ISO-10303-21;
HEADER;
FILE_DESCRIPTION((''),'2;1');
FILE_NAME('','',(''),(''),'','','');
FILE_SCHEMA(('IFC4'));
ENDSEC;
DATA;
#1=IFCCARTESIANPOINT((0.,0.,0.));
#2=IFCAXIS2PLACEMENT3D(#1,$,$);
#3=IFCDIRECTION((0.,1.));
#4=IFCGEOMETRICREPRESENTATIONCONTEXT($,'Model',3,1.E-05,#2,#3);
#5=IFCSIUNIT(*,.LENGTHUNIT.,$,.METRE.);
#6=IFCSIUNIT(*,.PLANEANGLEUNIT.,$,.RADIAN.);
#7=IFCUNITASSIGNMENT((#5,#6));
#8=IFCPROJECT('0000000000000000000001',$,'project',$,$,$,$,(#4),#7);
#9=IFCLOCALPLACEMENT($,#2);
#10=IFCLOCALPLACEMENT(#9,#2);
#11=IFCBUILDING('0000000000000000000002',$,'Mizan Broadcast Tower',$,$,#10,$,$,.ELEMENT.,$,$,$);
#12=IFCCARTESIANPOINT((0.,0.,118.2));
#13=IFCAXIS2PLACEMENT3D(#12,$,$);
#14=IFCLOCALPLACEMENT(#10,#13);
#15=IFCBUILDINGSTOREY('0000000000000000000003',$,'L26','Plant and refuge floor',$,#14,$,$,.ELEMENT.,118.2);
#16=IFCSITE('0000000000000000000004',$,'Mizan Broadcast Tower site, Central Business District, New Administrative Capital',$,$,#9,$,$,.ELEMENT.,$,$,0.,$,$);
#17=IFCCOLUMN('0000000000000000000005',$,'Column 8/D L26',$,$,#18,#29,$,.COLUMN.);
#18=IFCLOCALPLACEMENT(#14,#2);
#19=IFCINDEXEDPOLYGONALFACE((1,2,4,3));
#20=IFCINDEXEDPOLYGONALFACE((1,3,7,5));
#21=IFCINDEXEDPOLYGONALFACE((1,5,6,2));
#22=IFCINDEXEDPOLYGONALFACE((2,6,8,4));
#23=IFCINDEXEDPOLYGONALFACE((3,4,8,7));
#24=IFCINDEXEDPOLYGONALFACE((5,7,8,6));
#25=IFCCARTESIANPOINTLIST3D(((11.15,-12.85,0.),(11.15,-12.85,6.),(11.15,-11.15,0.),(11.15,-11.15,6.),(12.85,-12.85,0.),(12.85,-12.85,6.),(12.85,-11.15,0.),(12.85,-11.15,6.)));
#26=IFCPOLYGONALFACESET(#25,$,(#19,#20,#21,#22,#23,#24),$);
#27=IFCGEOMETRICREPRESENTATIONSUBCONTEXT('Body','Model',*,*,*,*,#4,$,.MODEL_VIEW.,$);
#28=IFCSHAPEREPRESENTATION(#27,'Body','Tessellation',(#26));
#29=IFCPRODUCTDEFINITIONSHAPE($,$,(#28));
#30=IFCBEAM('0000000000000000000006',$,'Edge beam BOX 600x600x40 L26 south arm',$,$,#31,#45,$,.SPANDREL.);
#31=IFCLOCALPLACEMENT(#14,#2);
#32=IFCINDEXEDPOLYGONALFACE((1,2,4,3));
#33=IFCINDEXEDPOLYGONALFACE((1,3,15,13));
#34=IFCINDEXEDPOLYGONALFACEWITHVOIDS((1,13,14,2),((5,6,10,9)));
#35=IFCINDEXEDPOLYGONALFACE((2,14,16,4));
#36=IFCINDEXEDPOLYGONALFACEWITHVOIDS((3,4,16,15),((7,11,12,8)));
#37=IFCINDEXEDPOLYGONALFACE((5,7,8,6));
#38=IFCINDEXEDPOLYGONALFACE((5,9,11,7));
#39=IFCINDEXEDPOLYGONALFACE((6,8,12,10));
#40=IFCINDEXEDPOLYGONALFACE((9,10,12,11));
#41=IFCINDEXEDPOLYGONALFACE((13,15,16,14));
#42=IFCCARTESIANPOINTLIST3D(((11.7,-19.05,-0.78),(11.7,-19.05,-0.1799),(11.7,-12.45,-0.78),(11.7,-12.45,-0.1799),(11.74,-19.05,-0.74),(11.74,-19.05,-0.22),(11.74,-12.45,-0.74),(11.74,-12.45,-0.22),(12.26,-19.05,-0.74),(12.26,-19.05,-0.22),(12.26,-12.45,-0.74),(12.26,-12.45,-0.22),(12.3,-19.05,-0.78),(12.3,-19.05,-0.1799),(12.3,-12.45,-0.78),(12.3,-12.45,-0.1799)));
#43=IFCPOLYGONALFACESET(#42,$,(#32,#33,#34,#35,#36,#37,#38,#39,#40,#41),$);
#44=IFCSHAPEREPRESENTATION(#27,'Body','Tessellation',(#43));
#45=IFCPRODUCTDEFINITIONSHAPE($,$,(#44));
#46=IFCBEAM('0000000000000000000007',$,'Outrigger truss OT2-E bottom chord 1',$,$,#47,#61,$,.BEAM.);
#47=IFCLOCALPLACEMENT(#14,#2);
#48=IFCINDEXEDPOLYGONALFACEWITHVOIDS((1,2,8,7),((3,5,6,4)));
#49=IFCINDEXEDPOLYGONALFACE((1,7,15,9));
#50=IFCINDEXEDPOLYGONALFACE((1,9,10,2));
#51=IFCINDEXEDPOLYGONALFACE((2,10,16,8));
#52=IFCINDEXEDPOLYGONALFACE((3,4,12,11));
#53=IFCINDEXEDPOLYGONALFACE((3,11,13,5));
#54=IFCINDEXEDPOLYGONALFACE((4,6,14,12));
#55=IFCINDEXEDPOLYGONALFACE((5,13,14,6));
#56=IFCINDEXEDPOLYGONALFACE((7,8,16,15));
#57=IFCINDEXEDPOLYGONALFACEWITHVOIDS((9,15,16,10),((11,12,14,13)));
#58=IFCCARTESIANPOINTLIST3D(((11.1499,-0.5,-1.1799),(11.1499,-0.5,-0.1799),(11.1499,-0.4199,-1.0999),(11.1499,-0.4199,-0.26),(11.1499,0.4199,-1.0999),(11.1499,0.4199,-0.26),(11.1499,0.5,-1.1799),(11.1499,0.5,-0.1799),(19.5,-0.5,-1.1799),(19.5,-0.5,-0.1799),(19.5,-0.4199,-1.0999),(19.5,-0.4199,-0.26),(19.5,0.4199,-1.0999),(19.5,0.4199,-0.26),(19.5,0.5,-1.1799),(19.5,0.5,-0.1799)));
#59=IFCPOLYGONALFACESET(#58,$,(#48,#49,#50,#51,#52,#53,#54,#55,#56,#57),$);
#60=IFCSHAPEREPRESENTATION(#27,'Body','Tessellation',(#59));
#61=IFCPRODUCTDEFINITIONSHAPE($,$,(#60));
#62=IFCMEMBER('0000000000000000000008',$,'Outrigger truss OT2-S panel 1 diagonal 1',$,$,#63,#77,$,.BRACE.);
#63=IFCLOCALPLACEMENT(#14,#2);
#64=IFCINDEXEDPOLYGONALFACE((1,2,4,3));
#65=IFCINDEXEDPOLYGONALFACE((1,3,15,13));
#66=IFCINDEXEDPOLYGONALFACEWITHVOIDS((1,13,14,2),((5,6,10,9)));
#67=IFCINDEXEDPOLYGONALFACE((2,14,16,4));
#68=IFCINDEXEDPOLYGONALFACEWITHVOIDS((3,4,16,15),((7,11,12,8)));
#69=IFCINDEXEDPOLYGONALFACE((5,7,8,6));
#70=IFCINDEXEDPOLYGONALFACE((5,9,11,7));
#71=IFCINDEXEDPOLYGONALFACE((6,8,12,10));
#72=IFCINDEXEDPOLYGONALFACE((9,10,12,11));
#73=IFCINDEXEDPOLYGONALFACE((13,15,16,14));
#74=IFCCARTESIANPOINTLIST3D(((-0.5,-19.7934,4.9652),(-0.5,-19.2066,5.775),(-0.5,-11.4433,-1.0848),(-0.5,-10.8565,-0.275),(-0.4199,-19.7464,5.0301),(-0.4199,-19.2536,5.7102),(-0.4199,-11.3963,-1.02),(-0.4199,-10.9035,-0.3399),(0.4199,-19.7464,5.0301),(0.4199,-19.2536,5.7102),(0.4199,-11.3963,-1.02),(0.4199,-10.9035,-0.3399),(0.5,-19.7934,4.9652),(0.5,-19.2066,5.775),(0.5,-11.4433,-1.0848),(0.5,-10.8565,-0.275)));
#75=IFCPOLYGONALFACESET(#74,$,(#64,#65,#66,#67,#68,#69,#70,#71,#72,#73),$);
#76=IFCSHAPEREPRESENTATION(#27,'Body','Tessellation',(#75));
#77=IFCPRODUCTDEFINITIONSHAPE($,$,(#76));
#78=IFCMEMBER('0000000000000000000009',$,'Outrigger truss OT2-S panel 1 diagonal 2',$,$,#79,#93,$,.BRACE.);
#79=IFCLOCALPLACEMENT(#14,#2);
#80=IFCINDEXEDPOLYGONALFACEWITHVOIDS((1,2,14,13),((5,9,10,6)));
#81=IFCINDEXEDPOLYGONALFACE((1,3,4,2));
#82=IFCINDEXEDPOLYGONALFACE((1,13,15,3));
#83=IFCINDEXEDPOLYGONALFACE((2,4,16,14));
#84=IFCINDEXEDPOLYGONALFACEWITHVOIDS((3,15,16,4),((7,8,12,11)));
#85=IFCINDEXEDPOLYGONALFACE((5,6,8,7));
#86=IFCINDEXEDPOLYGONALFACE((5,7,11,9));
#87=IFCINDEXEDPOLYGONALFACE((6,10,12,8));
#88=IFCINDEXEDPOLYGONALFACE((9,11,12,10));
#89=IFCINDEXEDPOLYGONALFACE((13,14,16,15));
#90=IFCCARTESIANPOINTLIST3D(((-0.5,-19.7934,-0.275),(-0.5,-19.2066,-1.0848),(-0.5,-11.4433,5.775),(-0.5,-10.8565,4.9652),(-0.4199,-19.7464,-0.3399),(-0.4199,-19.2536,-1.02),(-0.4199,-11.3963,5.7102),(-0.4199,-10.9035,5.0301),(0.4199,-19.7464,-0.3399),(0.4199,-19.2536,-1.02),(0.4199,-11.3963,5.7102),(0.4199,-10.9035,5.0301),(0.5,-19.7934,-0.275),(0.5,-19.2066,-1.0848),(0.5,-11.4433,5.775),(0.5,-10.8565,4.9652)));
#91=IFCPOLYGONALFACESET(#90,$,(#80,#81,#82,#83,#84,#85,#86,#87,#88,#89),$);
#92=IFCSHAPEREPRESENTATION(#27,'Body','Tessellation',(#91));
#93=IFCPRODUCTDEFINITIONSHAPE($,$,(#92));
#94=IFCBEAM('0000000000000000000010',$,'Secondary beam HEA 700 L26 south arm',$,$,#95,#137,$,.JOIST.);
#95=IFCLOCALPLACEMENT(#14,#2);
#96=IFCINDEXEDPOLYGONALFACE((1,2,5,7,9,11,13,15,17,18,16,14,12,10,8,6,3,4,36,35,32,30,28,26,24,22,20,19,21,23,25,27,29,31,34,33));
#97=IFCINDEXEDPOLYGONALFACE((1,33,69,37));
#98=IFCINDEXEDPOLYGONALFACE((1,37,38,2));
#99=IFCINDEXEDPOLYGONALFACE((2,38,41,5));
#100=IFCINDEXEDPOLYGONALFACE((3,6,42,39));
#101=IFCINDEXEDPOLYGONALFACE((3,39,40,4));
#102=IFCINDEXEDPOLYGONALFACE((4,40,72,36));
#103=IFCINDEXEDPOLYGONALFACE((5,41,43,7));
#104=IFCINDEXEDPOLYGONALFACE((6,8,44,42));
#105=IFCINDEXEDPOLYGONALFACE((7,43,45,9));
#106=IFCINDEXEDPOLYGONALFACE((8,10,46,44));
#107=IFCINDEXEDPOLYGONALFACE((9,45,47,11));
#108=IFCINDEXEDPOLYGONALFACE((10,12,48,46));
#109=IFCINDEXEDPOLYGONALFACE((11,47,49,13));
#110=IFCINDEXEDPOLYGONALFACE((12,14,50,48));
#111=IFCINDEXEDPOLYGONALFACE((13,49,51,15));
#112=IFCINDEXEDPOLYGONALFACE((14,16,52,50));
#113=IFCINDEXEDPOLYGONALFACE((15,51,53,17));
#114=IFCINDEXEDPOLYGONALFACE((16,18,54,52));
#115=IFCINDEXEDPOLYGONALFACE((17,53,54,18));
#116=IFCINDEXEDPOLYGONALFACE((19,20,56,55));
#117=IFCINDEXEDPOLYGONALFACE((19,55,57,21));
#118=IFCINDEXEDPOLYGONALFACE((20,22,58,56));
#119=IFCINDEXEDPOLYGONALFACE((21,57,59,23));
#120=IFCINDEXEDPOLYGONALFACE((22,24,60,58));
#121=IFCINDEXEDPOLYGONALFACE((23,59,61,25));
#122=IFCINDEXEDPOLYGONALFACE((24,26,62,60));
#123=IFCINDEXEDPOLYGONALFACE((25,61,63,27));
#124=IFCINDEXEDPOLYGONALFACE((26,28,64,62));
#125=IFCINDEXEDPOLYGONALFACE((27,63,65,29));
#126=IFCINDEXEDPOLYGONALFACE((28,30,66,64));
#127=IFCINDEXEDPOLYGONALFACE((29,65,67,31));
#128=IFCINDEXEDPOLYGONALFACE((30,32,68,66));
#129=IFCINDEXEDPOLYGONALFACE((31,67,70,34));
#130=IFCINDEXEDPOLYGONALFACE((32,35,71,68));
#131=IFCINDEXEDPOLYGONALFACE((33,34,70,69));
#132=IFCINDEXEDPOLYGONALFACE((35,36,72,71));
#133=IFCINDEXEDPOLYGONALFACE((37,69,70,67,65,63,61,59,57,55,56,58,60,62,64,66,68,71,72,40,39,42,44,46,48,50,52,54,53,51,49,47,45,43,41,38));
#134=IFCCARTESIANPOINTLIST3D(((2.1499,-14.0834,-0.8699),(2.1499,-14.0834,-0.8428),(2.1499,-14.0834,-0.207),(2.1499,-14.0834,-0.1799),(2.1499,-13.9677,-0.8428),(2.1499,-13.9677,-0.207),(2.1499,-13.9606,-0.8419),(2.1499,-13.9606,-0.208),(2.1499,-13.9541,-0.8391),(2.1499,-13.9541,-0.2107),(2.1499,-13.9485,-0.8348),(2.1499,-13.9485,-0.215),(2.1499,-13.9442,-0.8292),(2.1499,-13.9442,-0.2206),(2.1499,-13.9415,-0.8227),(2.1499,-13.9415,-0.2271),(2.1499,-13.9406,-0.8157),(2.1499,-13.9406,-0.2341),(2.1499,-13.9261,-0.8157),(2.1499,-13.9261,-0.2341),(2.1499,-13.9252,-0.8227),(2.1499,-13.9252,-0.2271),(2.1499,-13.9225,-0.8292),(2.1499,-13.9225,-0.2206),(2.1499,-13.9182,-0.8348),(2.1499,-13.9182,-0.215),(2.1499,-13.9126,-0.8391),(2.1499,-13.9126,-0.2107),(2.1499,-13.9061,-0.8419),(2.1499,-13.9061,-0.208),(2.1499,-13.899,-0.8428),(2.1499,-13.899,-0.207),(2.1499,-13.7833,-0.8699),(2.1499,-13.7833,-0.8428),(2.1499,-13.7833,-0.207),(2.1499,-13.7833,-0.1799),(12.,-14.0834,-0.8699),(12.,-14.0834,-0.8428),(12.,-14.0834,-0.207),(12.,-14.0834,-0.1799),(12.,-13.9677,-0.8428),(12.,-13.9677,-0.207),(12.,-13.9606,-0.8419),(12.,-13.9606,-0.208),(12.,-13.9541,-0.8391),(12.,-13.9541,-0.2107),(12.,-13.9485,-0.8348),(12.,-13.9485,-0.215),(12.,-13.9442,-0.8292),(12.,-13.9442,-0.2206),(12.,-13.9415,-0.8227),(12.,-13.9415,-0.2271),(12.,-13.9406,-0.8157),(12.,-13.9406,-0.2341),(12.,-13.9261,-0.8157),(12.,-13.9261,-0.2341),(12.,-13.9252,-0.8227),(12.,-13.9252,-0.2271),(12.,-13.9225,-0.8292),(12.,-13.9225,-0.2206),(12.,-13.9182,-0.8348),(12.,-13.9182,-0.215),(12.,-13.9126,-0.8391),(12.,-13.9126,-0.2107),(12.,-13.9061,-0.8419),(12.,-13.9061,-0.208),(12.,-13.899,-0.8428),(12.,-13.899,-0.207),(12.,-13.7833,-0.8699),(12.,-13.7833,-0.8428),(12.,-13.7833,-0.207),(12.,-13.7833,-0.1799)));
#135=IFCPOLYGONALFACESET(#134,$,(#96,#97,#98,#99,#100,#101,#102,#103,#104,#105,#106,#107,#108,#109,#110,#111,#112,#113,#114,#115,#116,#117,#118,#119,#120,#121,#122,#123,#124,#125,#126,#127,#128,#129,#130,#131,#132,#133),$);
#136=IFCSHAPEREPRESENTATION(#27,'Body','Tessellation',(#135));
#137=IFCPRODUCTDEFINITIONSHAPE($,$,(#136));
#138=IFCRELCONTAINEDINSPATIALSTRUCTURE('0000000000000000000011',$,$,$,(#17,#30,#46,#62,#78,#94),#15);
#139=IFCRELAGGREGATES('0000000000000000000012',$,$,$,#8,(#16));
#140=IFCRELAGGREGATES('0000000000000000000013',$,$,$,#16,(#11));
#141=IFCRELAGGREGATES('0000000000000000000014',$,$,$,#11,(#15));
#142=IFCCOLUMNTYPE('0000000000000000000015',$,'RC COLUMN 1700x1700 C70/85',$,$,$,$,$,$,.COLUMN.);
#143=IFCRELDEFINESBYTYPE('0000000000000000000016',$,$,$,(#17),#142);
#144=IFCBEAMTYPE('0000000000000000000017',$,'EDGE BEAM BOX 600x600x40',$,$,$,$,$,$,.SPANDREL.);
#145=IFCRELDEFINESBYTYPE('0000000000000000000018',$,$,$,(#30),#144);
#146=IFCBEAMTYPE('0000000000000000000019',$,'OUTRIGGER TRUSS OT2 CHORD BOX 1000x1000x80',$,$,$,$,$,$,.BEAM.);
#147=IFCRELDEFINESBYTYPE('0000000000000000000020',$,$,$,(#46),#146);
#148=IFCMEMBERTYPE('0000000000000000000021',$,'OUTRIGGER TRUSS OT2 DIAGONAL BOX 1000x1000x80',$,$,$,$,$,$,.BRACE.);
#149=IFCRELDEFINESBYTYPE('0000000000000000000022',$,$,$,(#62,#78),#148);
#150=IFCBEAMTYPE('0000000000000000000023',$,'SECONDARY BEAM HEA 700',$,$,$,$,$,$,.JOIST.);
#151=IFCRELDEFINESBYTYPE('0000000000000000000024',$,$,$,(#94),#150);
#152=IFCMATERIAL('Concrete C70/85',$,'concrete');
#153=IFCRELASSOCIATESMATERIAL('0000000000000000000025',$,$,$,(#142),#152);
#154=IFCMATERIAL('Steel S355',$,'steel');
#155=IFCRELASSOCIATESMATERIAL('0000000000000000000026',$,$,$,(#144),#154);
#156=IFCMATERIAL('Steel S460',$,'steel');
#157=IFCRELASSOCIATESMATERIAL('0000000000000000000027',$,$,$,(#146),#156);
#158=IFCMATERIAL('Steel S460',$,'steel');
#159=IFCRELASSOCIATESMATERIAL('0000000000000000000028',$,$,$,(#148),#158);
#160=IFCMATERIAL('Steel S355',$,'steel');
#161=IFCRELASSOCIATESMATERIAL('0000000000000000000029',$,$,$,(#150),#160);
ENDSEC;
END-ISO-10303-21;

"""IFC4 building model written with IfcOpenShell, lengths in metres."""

from ifc_helpers import new_model, si_unit, direction, frame, origin, origin_2d, place, context, subcontext, project, spatial, rectangle, hollow_rectangle, i_section, extrude, material, material_profile, profile_set, type_object, element, save


model = new_model("IFC4")

# Units and contexts
model_context = context("Model", 3, precision=1e-05, world=origin(), true_north=direction((0.0, 1.0)))
body_context = subcontext(model_context, "Body", "Model", "MODEL_VIEW")
ifc_project = project(units=[si_unit("LENGTHUNIT", "METRE"), si_unit("PLANEANGLEUNIT", "RADIAN")], contexts=[model_context])

# Site, building, storey
site_placement = place(None, origin())
site = spatial("IfcSite", under=ifc_project, at=site_placement, Name="Mizan Broadcast Tower site, Central Business District, New Administrative Capital", CompositionType="ELEMENT", RefElevation=0.0)
building_placement = place(site_placement, origin())
building = spatial("IfcBuilding", under=site, at=building_placement, Name="Mizan Broadcast Tower", CompositionType="ELEMENT")
storey_placement = place(building_placement, frame((0.0, 0.0, 118.2)))
storey = spatial("IfcBuildingStorey", under=building, at=storey_placement, Name="L26", Description="Plant and refuge floor", CompositionType="ELEMENT", Elevation=118.2)

# Column
ifc_material_1 = material(Name="Concrete C70/85", Category="concrete")
ifc_material_profile_1 = material_profile(ifc_material_1, rectangle(XDim=1.7, YDim=1.7, at=origin_2d()), Name="RC 1700x1700")
ifc_profile_set_1 = profile_set([ifc_material_profile_1], Name="Concrete C70/85")
column_type = type_object("IfcColumnType", Name="RC COLUMN 1700x1700 C70/85", PredefinedType="COLUMN", material=ifc_profile_set_1)
column_placement = place(storey_placement, frame((12.0, -12.0, 0.0), z_axis=(0.0, 0.0, 1.0), x_axis=(1.0, 0.0, 0.0)))
element("IfcColumn", 1, at=column_placement, inside=storey, type_object=column_type, Name="Column 8/D L26", PredefinedType="COLUMN", context=body_context, shape_type="SweptSolid", body=[
    extrude(rectangle(XDim=1.7, YDim=1.7, at=origin_2d()), origin(), (0.0, 0.0, 1.0), 6.0),
])

# Beams
ifc_material_2 = material(Name="Steel S355", Category="steel")
ifc_material_profile_2 = material_profile(ifc_material_2, hollow_rectangle(XDim=0.6001, YDim=0.6001, WallThickness=0.04, at=origin_2d()), Name="BOX 600x600x40")
ifc_profile_set_2 = profile_set([ifc_material_profile_2], Name="Steel S355")
beam_type_1 = type_object("IfcBeamType", Name="EDGE BEAM BOX 600x600x40", PredefinedType="SPANDREL", material=ifc_profile_set_2)
beam_1_placement = place(storey_placement, frame((12.0, -12.45, -0.48), z_axis=(0.0, -1.0, 0.0), x_axis=(1.0, 0.0, 0.0)))
element("IfcBeam", 2, at=beam_1_placement, inside=storey, type_object=beam_type_1, Name="Edge beam BOX 600x600x40 L26 south arm", PredefinedType="SPANDREL", context=body_context, shape_type="SweptSolid", body=[
    extrude(hollow_rectangle(XDim=0.6001, YDim=0.6001, WallThickness=0.04, at=origin_2d()), origin(), (0.0, 0.0, 1.0), 6.6001),
])
ifc_material_3 = material(Name="Steel S460", Category="steel")
ifc_material_profile_3 = material_profile(ifc_material_3, hollow_rectangle(XDim=1.0, YDim=1.0, WallThickness=0.0801, at=origin_2d()), Name="BOX 1000x1000x80")
ifc_profile_set_3 = profile_set([ifc_material_profile_3], Name="Steel S460")
beam_type_2 = type_object("IfcBeamType", Name="OUTRIGGER TRUSS OT2 CHORD BOX 1000x1000x80", PredefinedType="BEAM", material=ifc_profile_set_3)
beam_2_placement = place(storey_placement, frame((11.1499, 0.0, -0.6799), z_axis=(1.0, 0.0, 0.0), x_axis=(0.0, 1.0, 0.0)))
element("IfcBeam", 3, at=beam_2_placement, inside=storey, type_object=beam_type_2, Name="Outrigger truss OT2-E bottom chord 1", PredefinedType="BEAM", context=body_context, shape_type="SweptSolid", body=[
    extrude(hollow_rectangle(XDim=1.0, YDim=1.0, WallThickness=0.0801, at=origin_2d()), origin(), (0.0, 0.0, 1.0), 8.3501),
])

# Members
ifc_material_4 = material(Name="Steel S460", Category="steel")
ifc_material_profile_4 = material_profile(ifc_material_4, hollow_rectangle(XDim=1.0, YDim=1.0, WallThickness=0.0801, at=origin_2d()), Name="BOX 1000x1000x80")
ifc_profile_set_4 = profile_set([ifc_material_profile_4], Name="Steel S460")
member_type = type_object("IfcMemberType", Name="OUTRIGGER TRUSS OT2 DIAGONAL BOX 1000x1000x80", PredefinedType="BRACE", material=ifc_profile_set_4)
for number, where, z_axis, x_axis, name in (
    (4, (0.0, -11.1499, -0.6799), (0.0, -0.809784, 0.586728), (1.0, 0.0, 0.0), "Outrigger truss OT2-S panel 1 diagonal 1"),
    (5, (0.0, -11.1499, 5.3701), (0.0, -0.809784, -0.586728), (1.0, 0.0, 0.0), "Outrigger truss OT2-S panel 1 diagonal 2"),
):
    element("IfcMember", number, at=place(storey_placement, frame(where, z_axis=z_axis, x_axis=x_axis)), inside=storey, type_object=member_type, Name=name, PredefinedType="BRACE", context=body_context, shape_type="SweptSolid", body=[
        extrude(hollow_rectangle(XDim=1.0, YDim=1.0, WallThickness=0.0801, at=origin_2d()), origin(), (0.0, 0.0, 1.0), 10.3115),
    ])

# Beam
ifc_material_5 = material(Name="Steel S355", Category="steel")
ifc_material_profile_5 = material_profile(ifc_material_5, i_section(OverallWidth=0.3, OverallDepth=0.6899, WebThickness=0.0144, FlangeThickness=0.0271, FilletRadius=0.0271, at=origin_2d()), Name="HEA 700")
ifc_profile_set_5 = profile_set([ifc_material_profile_5], Name="Steel S355")
beam_type_3 = type_object("IfcBeamType", Name="SECONDARY BEAM HEA 700", PredefinedType="JOIST", material=ifc_profile_set_5)
beam_3_placement = place(storey_placement, frame((12.0, -13.9333, -0.5249), z_axis=(-1.0, 0.0, 0.0), x_axis=(0.0, -1.0, 0.0)))
element("IfcBeam", 6, at=beam_3_placement, inside=storey, type_object=beam_type_3, Name="Secondary beam HEA 700 L26 south arm", PredefinedType="JOIST", context=body_context, shape_type="SweptSolid", body=[
    extrude(i_section(OverallWidth=0.3, OverallDepth=0.6899, WebThickness=0.0144, FlangeThickness=0.0271, FilletRadius=0.0271, at=origin_2d()), origin(), (0.0, 0.0, 1.0), 9.8501),
])

save(model, "model.ifc")
